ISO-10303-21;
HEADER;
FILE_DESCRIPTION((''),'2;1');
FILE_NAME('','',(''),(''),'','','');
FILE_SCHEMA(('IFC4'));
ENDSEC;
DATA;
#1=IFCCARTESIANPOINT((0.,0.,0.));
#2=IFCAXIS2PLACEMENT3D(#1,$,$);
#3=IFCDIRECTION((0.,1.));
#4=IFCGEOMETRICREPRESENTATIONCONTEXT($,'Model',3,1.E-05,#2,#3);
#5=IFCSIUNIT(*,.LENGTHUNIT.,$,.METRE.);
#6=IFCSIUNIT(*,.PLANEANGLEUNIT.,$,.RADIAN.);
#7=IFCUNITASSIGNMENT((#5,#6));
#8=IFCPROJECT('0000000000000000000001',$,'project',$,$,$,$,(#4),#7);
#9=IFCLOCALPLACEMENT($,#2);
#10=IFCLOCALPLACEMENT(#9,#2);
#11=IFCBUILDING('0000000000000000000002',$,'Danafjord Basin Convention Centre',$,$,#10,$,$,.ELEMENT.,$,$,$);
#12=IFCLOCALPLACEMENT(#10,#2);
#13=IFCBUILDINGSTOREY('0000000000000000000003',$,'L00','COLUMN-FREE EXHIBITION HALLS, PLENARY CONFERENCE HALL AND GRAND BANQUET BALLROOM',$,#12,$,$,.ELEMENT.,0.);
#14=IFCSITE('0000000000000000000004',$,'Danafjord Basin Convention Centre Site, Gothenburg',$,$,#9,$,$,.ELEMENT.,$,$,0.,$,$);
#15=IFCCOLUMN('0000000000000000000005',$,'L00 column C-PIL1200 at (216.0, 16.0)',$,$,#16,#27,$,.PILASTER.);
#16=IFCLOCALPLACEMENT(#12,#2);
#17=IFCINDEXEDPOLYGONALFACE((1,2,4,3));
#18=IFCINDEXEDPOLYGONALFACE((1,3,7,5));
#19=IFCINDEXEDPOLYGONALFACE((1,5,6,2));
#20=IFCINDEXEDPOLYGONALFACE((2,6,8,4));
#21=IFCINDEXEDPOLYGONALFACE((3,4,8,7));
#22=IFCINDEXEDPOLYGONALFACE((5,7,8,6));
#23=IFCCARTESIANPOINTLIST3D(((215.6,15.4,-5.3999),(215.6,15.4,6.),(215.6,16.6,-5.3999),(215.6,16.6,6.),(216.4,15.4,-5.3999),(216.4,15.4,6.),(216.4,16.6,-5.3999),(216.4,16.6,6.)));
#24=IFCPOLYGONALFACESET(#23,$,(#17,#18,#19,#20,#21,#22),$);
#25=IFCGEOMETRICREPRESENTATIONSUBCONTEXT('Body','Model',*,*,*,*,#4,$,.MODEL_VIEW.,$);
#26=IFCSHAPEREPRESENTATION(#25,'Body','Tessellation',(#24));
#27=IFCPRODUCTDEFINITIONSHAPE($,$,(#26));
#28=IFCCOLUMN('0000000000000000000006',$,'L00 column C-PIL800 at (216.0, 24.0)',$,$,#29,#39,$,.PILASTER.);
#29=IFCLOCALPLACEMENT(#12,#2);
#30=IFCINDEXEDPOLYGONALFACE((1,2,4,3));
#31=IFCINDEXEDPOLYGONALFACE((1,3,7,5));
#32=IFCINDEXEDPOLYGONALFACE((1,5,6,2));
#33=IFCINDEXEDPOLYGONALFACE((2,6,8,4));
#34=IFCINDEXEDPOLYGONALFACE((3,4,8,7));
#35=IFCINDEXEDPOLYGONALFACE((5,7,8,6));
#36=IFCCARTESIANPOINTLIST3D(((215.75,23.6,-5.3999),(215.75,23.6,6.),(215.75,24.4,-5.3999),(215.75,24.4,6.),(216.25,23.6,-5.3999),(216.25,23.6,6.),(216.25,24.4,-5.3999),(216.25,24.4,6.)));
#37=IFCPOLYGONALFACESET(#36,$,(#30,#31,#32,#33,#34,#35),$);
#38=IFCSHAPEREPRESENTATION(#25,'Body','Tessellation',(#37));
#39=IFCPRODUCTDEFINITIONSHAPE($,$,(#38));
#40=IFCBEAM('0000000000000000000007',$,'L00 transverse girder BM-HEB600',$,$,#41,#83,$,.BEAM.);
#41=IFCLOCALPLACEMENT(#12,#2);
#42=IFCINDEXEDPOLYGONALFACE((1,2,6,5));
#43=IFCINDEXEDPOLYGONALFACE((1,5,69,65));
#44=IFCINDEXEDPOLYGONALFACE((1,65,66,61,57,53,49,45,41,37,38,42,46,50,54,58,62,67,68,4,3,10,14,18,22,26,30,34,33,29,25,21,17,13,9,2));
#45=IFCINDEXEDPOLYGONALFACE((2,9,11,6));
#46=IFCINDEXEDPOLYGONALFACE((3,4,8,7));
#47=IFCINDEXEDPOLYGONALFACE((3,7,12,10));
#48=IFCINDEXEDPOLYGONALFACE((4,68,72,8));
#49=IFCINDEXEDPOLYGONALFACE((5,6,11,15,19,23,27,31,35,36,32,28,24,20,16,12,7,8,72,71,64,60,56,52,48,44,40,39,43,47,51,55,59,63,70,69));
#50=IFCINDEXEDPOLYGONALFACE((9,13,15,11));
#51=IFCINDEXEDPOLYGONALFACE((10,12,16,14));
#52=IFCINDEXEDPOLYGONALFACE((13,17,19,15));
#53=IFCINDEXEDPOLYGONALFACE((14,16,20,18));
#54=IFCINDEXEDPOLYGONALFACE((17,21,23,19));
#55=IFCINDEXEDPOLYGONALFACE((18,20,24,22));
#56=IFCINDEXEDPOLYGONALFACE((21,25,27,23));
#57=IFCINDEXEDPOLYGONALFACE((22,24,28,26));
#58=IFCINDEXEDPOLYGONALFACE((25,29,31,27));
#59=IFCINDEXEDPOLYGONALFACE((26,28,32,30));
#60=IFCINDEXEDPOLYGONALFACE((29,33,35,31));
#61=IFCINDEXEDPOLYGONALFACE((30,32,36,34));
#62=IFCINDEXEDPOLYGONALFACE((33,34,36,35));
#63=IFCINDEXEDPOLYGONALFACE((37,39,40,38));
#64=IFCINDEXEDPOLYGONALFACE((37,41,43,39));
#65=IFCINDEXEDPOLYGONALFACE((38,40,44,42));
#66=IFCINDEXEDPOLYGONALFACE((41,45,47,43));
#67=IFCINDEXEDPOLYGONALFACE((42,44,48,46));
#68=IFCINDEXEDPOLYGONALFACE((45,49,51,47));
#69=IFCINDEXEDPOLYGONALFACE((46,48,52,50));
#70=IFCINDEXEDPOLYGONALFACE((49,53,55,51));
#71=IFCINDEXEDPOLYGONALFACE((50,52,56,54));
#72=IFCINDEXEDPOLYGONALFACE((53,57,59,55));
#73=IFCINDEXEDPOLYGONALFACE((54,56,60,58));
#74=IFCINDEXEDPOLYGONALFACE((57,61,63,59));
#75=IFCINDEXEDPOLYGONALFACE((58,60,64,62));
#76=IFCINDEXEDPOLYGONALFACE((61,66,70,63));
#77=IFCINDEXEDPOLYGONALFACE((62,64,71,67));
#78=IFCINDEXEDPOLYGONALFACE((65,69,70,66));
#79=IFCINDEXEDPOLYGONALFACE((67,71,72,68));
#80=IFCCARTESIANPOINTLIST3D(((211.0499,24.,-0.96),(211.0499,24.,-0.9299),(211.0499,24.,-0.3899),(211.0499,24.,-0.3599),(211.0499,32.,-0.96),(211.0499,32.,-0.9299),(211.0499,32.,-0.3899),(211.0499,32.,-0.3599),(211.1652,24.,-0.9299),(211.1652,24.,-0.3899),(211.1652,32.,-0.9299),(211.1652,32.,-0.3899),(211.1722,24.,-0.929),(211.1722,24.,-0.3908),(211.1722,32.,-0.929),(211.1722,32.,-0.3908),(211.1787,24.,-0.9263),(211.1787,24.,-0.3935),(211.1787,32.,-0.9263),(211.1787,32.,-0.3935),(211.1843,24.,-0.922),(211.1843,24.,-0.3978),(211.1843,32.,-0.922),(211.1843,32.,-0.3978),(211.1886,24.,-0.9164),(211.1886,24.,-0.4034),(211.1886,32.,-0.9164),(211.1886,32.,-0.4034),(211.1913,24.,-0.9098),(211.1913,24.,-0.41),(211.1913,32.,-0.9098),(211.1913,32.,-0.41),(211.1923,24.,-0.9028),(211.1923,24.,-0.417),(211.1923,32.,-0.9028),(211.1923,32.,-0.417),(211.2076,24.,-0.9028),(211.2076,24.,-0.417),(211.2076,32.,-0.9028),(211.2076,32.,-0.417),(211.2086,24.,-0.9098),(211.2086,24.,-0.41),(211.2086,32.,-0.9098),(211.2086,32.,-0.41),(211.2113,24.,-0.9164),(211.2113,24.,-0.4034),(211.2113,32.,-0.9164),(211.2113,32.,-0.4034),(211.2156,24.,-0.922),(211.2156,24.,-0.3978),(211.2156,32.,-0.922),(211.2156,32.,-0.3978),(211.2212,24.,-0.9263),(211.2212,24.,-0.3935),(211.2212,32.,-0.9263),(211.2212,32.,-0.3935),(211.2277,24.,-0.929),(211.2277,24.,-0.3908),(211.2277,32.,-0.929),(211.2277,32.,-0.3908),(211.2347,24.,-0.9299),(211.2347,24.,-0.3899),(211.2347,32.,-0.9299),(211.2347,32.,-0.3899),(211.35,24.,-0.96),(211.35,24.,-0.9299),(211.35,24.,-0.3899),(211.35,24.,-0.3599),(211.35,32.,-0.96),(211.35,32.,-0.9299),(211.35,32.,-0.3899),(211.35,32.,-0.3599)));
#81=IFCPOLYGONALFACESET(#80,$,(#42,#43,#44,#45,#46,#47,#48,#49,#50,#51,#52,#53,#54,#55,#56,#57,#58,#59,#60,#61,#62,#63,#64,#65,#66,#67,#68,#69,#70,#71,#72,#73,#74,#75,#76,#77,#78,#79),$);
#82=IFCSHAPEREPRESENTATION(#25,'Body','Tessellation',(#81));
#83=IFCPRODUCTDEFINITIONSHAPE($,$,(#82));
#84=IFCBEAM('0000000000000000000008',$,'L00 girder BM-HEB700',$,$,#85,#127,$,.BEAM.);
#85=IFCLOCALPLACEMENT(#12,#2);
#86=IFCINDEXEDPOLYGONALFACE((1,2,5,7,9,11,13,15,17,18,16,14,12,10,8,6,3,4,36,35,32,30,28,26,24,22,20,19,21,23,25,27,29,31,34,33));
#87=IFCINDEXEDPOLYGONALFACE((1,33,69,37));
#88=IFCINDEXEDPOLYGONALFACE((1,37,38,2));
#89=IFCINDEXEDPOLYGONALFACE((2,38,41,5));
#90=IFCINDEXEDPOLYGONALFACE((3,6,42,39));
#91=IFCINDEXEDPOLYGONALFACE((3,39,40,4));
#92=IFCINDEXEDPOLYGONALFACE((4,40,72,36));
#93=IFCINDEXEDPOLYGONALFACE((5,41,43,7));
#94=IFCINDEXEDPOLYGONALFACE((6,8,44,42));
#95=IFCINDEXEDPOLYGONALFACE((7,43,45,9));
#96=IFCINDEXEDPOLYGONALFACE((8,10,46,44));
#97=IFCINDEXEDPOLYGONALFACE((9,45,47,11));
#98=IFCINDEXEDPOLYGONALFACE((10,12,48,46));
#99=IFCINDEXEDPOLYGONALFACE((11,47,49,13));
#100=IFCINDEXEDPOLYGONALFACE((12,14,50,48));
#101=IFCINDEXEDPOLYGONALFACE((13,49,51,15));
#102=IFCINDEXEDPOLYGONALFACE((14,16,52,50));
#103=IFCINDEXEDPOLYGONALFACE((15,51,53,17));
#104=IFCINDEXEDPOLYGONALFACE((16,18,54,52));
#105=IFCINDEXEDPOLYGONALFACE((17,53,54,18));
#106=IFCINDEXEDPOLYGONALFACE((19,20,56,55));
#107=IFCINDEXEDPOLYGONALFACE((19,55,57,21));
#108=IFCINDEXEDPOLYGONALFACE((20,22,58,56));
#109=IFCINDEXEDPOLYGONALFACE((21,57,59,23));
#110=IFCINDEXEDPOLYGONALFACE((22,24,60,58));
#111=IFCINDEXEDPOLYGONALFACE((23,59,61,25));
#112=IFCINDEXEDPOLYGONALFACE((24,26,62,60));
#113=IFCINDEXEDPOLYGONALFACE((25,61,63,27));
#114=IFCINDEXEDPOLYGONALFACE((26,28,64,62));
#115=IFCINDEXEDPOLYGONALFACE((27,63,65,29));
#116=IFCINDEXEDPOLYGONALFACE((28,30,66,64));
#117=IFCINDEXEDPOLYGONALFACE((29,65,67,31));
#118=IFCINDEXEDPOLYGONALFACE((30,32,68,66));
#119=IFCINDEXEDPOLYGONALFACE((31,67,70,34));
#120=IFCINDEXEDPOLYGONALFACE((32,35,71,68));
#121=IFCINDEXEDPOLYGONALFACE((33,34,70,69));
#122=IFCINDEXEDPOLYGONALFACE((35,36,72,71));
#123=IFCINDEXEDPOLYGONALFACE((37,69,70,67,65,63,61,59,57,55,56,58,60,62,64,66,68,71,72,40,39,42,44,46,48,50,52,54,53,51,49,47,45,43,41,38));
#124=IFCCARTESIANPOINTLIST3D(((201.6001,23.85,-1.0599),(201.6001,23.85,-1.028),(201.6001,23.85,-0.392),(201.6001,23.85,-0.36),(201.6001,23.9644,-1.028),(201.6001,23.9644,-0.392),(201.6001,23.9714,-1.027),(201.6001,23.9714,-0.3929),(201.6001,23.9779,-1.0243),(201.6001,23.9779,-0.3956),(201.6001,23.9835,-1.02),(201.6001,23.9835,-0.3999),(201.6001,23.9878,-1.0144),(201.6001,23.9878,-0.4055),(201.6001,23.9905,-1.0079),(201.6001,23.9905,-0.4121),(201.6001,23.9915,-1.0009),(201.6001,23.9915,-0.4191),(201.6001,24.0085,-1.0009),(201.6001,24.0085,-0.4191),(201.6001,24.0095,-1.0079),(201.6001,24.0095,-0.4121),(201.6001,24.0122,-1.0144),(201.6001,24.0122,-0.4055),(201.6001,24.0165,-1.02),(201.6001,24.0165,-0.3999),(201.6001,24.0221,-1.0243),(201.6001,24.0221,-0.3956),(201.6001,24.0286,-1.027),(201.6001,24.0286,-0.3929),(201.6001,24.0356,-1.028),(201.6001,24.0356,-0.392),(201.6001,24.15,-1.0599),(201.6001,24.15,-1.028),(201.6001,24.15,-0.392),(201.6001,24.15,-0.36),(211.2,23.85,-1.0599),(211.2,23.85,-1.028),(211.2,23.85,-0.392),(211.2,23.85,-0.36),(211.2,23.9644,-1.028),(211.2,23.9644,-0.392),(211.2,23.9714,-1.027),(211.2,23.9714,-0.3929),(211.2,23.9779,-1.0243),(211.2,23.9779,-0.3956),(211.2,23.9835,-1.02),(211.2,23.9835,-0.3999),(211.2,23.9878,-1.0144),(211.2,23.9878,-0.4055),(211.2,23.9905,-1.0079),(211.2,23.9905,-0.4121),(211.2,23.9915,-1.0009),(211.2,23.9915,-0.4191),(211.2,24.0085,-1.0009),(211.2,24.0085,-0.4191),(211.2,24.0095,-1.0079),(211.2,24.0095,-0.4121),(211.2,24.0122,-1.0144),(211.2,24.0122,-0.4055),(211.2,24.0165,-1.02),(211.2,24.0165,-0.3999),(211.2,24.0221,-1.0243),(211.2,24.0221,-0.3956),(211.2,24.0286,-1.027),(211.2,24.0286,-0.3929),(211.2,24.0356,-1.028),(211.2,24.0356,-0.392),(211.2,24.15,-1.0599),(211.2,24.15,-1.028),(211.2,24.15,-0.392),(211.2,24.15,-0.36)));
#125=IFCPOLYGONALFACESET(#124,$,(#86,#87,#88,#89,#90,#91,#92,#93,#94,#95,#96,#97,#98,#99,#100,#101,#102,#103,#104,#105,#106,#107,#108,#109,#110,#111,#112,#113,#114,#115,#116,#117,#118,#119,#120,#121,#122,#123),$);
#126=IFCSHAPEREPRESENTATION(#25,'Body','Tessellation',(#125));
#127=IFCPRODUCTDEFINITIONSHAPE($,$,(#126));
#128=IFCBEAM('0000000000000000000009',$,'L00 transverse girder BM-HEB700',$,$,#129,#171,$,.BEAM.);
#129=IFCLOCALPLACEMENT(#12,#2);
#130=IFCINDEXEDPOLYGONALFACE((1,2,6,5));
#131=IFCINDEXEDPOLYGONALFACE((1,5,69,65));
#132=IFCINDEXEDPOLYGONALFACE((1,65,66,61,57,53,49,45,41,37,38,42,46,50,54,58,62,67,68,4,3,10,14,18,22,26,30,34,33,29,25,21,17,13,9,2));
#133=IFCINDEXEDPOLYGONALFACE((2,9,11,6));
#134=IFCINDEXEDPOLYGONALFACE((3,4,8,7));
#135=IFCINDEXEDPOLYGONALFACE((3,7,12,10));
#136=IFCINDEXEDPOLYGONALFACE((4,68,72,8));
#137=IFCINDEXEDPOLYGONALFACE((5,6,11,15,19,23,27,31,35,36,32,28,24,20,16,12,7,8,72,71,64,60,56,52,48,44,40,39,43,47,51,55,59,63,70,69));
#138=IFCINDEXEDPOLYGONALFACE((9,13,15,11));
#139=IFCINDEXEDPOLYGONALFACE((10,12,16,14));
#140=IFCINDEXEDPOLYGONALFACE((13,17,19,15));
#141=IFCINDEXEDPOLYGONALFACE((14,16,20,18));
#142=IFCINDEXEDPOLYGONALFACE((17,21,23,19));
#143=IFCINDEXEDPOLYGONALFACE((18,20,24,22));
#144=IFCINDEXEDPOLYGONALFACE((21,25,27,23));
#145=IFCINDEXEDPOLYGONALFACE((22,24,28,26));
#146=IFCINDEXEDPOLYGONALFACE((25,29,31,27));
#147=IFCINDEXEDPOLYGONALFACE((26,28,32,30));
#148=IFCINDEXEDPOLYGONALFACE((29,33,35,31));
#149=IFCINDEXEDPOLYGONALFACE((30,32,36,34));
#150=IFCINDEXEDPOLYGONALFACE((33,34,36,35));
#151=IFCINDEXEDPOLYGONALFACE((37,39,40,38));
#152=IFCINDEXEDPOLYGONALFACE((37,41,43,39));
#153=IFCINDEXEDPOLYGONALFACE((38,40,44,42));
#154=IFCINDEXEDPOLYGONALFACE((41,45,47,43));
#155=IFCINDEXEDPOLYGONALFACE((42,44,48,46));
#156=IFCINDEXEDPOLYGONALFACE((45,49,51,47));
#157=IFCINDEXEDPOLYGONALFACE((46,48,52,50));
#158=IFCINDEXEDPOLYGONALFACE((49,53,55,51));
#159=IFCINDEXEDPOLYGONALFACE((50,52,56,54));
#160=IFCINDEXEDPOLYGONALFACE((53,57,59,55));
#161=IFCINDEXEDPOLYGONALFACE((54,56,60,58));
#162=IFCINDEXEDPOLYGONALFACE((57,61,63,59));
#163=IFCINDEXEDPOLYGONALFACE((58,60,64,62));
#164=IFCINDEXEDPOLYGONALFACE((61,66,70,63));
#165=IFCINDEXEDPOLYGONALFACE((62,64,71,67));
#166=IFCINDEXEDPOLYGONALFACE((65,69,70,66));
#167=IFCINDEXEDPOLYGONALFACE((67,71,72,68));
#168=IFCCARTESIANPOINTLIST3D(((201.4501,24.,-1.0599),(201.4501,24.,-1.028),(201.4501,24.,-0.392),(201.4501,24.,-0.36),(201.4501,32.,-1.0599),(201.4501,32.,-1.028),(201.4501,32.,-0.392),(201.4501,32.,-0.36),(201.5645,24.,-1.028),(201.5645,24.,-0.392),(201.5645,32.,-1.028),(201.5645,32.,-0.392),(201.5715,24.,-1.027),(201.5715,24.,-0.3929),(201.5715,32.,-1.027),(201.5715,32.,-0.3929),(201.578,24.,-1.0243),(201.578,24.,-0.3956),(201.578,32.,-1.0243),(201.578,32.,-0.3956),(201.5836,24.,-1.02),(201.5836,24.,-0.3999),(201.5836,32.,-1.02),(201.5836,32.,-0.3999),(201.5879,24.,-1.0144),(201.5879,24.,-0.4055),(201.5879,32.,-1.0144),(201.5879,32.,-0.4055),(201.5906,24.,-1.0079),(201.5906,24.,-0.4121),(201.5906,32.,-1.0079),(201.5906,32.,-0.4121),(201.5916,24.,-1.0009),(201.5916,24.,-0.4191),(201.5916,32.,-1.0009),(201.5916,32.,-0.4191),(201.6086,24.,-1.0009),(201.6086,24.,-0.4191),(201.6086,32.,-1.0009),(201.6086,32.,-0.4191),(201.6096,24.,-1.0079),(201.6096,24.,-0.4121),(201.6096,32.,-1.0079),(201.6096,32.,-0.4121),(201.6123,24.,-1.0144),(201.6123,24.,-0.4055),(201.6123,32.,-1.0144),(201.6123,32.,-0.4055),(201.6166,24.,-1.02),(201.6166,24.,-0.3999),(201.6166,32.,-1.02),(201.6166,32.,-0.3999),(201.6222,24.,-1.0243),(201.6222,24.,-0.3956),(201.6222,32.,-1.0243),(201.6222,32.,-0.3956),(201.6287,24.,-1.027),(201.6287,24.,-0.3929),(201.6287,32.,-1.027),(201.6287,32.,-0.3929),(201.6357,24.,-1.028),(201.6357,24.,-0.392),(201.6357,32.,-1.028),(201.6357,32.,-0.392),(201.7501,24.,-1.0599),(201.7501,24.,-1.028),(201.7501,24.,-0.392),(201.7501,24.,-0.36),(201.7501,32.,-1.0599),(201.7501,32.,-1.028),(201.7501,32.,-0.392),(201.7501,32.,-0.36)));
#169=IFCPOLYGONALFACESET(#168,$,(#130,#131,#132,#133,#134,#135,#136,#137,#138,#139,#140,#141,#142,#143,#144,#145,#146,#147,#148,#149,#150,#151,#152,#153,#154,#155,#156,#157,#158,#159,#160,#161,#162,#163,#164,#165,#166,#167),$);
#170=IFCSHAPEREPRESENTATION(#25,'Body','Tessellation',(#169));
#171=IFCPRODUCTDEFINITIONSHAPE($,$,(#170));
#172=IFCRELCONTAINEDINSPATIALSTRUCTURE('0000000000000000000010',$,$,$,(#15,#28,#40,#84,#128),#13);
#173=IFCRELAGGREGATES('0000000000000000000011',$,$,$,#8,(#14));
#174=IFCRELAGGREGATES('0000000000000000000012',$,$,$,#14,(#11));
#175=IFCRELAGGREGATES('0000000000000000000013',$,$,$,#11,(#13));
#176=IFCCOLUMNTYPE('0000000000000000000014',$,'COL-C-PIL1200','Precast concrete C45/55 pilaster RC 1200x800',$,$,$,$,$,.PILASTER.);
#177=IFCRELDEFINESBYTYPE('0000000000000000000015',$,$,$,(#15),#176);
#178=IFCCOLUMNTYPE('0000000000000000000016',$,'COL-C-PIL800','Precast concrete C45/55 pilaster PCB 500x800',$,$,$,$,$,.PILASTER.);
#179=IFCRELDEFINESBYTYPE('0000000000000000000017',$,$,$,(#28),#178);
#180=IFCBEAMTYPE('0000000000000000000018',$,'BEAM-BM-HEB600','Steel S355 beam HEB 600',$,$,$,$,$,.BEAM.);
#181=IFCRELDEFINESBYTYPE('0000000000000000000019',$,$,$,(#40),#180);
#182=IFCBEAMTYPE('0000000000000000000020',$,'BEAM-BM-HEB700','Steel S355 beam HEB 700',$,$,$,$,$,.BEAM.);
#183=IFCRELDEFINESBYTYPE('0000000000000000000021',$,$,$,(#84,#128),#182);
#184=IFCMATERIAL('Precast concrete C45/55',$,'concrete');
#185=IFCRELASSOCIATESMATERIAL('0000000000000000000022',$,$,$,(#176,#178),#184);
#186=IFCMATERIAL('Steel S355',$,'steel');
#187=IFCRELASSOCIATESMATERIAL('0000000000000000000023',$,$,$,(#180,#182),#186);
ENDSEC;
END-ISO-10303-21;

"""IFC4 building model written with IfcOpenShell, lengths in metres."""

from ifc_helpers import new_model, si_unit, direction, frame, origin, origin_2d, place, context, subcontext, project, spatial, rectangle, i_section, extrude, material, material_profile, profile_set, type_object, element, save


model = new_model("IFC4")

# Units and contexts
model_context = context("Model", 3, precision=1e-05, world=origin(), true_north=direction((0.0, 1.0)))
body_context = subcontext(model_context, "Body", "Model", "MODEL_VIEW")
ifc_project = project(units=[si_unit("LENGTHUNIT", "METRE"), si_unit("PLANEANGLEUNIT", "RADIAN")], contexts=[model_context])

# Site, building, storey
site_placement = place(None, origin())
site = spatial("IfcSite", under=ifc_project, at=site_placement, Name="Danafjord Basin Convention Centre Site, Gothenburg", CompositionType="ELEMENT", RefElevation=0.0)
building_placement = place(site_placement, origin())
building = spatial("IfcBuilding", under=site, at=building_placement, Name="Danafjord Basin Convention Centre", CompositionType="ELEMENT")
storey_placement = place(building_placement, origin())
storey = spatial("IfcBuildingStorey", under=building, at=storey_placement, Name="L00", Description="COLUMN-FREE EXHIBITION HALLS, PLENARY CONFERENCE HALL AND GRAND BANQUET BALLROOM", CompositionType="ELEMENT", Elevation=0.0)

# Columns
ifc_material_1 = material(Name="Steel S355", Category="steel")
ifc_material_2 = material(Name="Precast concrete C45/55", Category="concrete")
ifc_material_profile_1 = material_profile(ifc_material_2, rectangle(XDim=0.8, YDim=1.2, at=origin_2d()), Name="RC 1200x800")
ifc_profile_set_1 = profile_set([ifc_material_profile_1], Name="Precast concrete C45/55")
column_type_1 = type_object("IfcColumnType", Name="COL-C-PIL1200", Description="Precast concrete C45/55 pilaster RC 1200x800", PredefinedType="PILASTER", material=ifc_profile_set_1)
column_1_placement = place(storey_placement, frame((216.0, 16.0, -5.3999), z_axis=(0.0, 0.0, 1.0), x_axis=(1.0, 0.0, 0.0)))
element("IfcColumn", 1, at=column_1_placement, inside=storey, type_object=column_type_1, Name="L00 column C-PIL1200 at (216.0, 16.0)", PredefinedType="PILASTER", context=body_context, shape_type="SweptSolid", body=[
    extrude(rectangle(XDim=0.8, YDim=1.2, at=origin_2d()), origin(), (0.0, 0.0, 1.0), 11.3999),
])
ifc_material_profile_2 = material_profile(ifc_material_2, rectangle(XDim=0.5, YDim=0.8, at=origin_2d()), Name="PCB 500x800")
ifc_profile_set_2 = profile_set([ifc_material_profile_2], Name="Precast concrete C45/55")
column_type_2 = type_object("IfcColumnType", Name="COL-C-PIL800", Description="Precast concrete C45/55 pilaster PCB 500x800", PredefinedType="PILASTER", material=ifc_profile_set_2)
column_2_placement = place(storey_placement, frame((216.0, 24.0, -5.3999), z_axis=(0.0, 0.0, 1.0), x_axis=(1.0, 0.0, 0.0)))
element("IfcColumn", 2, at=column_2_placement, inside=storey, type_object=column_type_2, Name="L00 column C-PIL800 at (216.0, 24.0)", PredefinedType="PILASTER", context=body_context, shape_type="SweptSolid", body=[
    extrude(rectangle(XDim=0.5, YDim=0.8, at=origin_2d()), origin(), (0.0, 0.0, 1.0), 11.3999),
])

# Beams
ifc_material_profile_3 = material_profile(ifc_material_1, i_section(OverallWidth=0.3, OverallDepth=0.6001, WebThickness=0.0154, FlangeThickness=0.03, FilletRadius=0.0271, at=origin_2d()), Name="HEB 600")
ifc_profile_set_3 = profile_set([ifc_material_profile_3], Name="Steel S355")
beam_type_1 = type_object("IfcBeamType", Name="BEAM-BM-HEB600", Description="Steel S355 beam HEB 600", PredefinedType="BEAM", material=ifc_profile_set_3)
beam_1_placement = place(storey_placement, frame((211.2, 24.0, -0.6599), z_axis=(0.0, 1.0, 0.0), x_axis=(-1.0, 0.0, 0.0)))
element("IfcBeam", 3, at=beam_1_placement, inside=storey, type_object=beam_type_1, Name="L00 transverse girder BM-HEB600", PredefinedType="BEAM", context=body_context, shape_type="SweptSolid", body=[
    extrude(i_section(OverallWidth=0.3, OverallDepth=0.6001, WebThickness=0.0154, FlangeThickness=0.03, FilletRadius=0.0271, at=origin_2d()), origin(), (0.0, 0.0, 1.0), 8.0),
])
ifc_material_profile_4 = material_profile(ifc_material_1, i_section(OverallWidth=0.3, OverallDepth=0.7, WebThickness=0.0171, FlangeThickness=0.032, FilletRadius=0.0271, at=origin_2d()), Name="HEB 700")
ifc_profile_set_4 = profile_set([ifc_material_profile_4], Name="Steel S355")
beam_type_2 = type_object("IfcBeamType", Name="BEAM-BM-HEB700", Description="Steel S355 beam HEB 700", PredefinedType="BEAM", material=ifc_profile_set_4)
beam_2_placement = place(storey_placement, frame((201.6001, 24.0, -0.71), z_axis=(1.0, 0.0, 0.0), x_axis=(0.0, 1.0, 0.0)))
element("IfcBeam", 4, at=beam_2_placement, inside=storey, type_object=beam_type_2, Name="L00 girder BM-HEB700", PredefinedType="BEAM", context=body_context, shape_type="SweptSolid", body=[
    extrude(i_section(OverallWidth=0.3, OverallDepth=0.7, WebThickness=0.0171, FlangeThickness=0.032, FilletRadius=0.0271, at=origin_2d()), origin(), (0.0, 0.0, 1.0), 9.5999),
])
for number, where, z_axis, x_axis, name in (
    (5, (201.6001, 24.0, -0.71), (0.0, 1.0, 0.0), (-1.0, 0.0, 0.0), "L00 transverse girder BM-HEB700"),
):
    element("IfcBeam", number, at=place(storey_placement, frame(where, z_axis=z_axis, x_axis=x_axis)), inside=storey, type_object=beam_type_2, Name=name, PredefinedType="BEAM", context=body_context, shape_type="SweptSolid", body=[
        extrude(i_section(OverallWidth=0.3, OverallDepth=0.7, WebThickness=0.0171, FlangeThickness=0.032, FilletRadius=0.0271, at=origin_2d()), origin(), (0.0, 0.0, 1.0), 8.0),
    ])

save(model, "model.ifc")
